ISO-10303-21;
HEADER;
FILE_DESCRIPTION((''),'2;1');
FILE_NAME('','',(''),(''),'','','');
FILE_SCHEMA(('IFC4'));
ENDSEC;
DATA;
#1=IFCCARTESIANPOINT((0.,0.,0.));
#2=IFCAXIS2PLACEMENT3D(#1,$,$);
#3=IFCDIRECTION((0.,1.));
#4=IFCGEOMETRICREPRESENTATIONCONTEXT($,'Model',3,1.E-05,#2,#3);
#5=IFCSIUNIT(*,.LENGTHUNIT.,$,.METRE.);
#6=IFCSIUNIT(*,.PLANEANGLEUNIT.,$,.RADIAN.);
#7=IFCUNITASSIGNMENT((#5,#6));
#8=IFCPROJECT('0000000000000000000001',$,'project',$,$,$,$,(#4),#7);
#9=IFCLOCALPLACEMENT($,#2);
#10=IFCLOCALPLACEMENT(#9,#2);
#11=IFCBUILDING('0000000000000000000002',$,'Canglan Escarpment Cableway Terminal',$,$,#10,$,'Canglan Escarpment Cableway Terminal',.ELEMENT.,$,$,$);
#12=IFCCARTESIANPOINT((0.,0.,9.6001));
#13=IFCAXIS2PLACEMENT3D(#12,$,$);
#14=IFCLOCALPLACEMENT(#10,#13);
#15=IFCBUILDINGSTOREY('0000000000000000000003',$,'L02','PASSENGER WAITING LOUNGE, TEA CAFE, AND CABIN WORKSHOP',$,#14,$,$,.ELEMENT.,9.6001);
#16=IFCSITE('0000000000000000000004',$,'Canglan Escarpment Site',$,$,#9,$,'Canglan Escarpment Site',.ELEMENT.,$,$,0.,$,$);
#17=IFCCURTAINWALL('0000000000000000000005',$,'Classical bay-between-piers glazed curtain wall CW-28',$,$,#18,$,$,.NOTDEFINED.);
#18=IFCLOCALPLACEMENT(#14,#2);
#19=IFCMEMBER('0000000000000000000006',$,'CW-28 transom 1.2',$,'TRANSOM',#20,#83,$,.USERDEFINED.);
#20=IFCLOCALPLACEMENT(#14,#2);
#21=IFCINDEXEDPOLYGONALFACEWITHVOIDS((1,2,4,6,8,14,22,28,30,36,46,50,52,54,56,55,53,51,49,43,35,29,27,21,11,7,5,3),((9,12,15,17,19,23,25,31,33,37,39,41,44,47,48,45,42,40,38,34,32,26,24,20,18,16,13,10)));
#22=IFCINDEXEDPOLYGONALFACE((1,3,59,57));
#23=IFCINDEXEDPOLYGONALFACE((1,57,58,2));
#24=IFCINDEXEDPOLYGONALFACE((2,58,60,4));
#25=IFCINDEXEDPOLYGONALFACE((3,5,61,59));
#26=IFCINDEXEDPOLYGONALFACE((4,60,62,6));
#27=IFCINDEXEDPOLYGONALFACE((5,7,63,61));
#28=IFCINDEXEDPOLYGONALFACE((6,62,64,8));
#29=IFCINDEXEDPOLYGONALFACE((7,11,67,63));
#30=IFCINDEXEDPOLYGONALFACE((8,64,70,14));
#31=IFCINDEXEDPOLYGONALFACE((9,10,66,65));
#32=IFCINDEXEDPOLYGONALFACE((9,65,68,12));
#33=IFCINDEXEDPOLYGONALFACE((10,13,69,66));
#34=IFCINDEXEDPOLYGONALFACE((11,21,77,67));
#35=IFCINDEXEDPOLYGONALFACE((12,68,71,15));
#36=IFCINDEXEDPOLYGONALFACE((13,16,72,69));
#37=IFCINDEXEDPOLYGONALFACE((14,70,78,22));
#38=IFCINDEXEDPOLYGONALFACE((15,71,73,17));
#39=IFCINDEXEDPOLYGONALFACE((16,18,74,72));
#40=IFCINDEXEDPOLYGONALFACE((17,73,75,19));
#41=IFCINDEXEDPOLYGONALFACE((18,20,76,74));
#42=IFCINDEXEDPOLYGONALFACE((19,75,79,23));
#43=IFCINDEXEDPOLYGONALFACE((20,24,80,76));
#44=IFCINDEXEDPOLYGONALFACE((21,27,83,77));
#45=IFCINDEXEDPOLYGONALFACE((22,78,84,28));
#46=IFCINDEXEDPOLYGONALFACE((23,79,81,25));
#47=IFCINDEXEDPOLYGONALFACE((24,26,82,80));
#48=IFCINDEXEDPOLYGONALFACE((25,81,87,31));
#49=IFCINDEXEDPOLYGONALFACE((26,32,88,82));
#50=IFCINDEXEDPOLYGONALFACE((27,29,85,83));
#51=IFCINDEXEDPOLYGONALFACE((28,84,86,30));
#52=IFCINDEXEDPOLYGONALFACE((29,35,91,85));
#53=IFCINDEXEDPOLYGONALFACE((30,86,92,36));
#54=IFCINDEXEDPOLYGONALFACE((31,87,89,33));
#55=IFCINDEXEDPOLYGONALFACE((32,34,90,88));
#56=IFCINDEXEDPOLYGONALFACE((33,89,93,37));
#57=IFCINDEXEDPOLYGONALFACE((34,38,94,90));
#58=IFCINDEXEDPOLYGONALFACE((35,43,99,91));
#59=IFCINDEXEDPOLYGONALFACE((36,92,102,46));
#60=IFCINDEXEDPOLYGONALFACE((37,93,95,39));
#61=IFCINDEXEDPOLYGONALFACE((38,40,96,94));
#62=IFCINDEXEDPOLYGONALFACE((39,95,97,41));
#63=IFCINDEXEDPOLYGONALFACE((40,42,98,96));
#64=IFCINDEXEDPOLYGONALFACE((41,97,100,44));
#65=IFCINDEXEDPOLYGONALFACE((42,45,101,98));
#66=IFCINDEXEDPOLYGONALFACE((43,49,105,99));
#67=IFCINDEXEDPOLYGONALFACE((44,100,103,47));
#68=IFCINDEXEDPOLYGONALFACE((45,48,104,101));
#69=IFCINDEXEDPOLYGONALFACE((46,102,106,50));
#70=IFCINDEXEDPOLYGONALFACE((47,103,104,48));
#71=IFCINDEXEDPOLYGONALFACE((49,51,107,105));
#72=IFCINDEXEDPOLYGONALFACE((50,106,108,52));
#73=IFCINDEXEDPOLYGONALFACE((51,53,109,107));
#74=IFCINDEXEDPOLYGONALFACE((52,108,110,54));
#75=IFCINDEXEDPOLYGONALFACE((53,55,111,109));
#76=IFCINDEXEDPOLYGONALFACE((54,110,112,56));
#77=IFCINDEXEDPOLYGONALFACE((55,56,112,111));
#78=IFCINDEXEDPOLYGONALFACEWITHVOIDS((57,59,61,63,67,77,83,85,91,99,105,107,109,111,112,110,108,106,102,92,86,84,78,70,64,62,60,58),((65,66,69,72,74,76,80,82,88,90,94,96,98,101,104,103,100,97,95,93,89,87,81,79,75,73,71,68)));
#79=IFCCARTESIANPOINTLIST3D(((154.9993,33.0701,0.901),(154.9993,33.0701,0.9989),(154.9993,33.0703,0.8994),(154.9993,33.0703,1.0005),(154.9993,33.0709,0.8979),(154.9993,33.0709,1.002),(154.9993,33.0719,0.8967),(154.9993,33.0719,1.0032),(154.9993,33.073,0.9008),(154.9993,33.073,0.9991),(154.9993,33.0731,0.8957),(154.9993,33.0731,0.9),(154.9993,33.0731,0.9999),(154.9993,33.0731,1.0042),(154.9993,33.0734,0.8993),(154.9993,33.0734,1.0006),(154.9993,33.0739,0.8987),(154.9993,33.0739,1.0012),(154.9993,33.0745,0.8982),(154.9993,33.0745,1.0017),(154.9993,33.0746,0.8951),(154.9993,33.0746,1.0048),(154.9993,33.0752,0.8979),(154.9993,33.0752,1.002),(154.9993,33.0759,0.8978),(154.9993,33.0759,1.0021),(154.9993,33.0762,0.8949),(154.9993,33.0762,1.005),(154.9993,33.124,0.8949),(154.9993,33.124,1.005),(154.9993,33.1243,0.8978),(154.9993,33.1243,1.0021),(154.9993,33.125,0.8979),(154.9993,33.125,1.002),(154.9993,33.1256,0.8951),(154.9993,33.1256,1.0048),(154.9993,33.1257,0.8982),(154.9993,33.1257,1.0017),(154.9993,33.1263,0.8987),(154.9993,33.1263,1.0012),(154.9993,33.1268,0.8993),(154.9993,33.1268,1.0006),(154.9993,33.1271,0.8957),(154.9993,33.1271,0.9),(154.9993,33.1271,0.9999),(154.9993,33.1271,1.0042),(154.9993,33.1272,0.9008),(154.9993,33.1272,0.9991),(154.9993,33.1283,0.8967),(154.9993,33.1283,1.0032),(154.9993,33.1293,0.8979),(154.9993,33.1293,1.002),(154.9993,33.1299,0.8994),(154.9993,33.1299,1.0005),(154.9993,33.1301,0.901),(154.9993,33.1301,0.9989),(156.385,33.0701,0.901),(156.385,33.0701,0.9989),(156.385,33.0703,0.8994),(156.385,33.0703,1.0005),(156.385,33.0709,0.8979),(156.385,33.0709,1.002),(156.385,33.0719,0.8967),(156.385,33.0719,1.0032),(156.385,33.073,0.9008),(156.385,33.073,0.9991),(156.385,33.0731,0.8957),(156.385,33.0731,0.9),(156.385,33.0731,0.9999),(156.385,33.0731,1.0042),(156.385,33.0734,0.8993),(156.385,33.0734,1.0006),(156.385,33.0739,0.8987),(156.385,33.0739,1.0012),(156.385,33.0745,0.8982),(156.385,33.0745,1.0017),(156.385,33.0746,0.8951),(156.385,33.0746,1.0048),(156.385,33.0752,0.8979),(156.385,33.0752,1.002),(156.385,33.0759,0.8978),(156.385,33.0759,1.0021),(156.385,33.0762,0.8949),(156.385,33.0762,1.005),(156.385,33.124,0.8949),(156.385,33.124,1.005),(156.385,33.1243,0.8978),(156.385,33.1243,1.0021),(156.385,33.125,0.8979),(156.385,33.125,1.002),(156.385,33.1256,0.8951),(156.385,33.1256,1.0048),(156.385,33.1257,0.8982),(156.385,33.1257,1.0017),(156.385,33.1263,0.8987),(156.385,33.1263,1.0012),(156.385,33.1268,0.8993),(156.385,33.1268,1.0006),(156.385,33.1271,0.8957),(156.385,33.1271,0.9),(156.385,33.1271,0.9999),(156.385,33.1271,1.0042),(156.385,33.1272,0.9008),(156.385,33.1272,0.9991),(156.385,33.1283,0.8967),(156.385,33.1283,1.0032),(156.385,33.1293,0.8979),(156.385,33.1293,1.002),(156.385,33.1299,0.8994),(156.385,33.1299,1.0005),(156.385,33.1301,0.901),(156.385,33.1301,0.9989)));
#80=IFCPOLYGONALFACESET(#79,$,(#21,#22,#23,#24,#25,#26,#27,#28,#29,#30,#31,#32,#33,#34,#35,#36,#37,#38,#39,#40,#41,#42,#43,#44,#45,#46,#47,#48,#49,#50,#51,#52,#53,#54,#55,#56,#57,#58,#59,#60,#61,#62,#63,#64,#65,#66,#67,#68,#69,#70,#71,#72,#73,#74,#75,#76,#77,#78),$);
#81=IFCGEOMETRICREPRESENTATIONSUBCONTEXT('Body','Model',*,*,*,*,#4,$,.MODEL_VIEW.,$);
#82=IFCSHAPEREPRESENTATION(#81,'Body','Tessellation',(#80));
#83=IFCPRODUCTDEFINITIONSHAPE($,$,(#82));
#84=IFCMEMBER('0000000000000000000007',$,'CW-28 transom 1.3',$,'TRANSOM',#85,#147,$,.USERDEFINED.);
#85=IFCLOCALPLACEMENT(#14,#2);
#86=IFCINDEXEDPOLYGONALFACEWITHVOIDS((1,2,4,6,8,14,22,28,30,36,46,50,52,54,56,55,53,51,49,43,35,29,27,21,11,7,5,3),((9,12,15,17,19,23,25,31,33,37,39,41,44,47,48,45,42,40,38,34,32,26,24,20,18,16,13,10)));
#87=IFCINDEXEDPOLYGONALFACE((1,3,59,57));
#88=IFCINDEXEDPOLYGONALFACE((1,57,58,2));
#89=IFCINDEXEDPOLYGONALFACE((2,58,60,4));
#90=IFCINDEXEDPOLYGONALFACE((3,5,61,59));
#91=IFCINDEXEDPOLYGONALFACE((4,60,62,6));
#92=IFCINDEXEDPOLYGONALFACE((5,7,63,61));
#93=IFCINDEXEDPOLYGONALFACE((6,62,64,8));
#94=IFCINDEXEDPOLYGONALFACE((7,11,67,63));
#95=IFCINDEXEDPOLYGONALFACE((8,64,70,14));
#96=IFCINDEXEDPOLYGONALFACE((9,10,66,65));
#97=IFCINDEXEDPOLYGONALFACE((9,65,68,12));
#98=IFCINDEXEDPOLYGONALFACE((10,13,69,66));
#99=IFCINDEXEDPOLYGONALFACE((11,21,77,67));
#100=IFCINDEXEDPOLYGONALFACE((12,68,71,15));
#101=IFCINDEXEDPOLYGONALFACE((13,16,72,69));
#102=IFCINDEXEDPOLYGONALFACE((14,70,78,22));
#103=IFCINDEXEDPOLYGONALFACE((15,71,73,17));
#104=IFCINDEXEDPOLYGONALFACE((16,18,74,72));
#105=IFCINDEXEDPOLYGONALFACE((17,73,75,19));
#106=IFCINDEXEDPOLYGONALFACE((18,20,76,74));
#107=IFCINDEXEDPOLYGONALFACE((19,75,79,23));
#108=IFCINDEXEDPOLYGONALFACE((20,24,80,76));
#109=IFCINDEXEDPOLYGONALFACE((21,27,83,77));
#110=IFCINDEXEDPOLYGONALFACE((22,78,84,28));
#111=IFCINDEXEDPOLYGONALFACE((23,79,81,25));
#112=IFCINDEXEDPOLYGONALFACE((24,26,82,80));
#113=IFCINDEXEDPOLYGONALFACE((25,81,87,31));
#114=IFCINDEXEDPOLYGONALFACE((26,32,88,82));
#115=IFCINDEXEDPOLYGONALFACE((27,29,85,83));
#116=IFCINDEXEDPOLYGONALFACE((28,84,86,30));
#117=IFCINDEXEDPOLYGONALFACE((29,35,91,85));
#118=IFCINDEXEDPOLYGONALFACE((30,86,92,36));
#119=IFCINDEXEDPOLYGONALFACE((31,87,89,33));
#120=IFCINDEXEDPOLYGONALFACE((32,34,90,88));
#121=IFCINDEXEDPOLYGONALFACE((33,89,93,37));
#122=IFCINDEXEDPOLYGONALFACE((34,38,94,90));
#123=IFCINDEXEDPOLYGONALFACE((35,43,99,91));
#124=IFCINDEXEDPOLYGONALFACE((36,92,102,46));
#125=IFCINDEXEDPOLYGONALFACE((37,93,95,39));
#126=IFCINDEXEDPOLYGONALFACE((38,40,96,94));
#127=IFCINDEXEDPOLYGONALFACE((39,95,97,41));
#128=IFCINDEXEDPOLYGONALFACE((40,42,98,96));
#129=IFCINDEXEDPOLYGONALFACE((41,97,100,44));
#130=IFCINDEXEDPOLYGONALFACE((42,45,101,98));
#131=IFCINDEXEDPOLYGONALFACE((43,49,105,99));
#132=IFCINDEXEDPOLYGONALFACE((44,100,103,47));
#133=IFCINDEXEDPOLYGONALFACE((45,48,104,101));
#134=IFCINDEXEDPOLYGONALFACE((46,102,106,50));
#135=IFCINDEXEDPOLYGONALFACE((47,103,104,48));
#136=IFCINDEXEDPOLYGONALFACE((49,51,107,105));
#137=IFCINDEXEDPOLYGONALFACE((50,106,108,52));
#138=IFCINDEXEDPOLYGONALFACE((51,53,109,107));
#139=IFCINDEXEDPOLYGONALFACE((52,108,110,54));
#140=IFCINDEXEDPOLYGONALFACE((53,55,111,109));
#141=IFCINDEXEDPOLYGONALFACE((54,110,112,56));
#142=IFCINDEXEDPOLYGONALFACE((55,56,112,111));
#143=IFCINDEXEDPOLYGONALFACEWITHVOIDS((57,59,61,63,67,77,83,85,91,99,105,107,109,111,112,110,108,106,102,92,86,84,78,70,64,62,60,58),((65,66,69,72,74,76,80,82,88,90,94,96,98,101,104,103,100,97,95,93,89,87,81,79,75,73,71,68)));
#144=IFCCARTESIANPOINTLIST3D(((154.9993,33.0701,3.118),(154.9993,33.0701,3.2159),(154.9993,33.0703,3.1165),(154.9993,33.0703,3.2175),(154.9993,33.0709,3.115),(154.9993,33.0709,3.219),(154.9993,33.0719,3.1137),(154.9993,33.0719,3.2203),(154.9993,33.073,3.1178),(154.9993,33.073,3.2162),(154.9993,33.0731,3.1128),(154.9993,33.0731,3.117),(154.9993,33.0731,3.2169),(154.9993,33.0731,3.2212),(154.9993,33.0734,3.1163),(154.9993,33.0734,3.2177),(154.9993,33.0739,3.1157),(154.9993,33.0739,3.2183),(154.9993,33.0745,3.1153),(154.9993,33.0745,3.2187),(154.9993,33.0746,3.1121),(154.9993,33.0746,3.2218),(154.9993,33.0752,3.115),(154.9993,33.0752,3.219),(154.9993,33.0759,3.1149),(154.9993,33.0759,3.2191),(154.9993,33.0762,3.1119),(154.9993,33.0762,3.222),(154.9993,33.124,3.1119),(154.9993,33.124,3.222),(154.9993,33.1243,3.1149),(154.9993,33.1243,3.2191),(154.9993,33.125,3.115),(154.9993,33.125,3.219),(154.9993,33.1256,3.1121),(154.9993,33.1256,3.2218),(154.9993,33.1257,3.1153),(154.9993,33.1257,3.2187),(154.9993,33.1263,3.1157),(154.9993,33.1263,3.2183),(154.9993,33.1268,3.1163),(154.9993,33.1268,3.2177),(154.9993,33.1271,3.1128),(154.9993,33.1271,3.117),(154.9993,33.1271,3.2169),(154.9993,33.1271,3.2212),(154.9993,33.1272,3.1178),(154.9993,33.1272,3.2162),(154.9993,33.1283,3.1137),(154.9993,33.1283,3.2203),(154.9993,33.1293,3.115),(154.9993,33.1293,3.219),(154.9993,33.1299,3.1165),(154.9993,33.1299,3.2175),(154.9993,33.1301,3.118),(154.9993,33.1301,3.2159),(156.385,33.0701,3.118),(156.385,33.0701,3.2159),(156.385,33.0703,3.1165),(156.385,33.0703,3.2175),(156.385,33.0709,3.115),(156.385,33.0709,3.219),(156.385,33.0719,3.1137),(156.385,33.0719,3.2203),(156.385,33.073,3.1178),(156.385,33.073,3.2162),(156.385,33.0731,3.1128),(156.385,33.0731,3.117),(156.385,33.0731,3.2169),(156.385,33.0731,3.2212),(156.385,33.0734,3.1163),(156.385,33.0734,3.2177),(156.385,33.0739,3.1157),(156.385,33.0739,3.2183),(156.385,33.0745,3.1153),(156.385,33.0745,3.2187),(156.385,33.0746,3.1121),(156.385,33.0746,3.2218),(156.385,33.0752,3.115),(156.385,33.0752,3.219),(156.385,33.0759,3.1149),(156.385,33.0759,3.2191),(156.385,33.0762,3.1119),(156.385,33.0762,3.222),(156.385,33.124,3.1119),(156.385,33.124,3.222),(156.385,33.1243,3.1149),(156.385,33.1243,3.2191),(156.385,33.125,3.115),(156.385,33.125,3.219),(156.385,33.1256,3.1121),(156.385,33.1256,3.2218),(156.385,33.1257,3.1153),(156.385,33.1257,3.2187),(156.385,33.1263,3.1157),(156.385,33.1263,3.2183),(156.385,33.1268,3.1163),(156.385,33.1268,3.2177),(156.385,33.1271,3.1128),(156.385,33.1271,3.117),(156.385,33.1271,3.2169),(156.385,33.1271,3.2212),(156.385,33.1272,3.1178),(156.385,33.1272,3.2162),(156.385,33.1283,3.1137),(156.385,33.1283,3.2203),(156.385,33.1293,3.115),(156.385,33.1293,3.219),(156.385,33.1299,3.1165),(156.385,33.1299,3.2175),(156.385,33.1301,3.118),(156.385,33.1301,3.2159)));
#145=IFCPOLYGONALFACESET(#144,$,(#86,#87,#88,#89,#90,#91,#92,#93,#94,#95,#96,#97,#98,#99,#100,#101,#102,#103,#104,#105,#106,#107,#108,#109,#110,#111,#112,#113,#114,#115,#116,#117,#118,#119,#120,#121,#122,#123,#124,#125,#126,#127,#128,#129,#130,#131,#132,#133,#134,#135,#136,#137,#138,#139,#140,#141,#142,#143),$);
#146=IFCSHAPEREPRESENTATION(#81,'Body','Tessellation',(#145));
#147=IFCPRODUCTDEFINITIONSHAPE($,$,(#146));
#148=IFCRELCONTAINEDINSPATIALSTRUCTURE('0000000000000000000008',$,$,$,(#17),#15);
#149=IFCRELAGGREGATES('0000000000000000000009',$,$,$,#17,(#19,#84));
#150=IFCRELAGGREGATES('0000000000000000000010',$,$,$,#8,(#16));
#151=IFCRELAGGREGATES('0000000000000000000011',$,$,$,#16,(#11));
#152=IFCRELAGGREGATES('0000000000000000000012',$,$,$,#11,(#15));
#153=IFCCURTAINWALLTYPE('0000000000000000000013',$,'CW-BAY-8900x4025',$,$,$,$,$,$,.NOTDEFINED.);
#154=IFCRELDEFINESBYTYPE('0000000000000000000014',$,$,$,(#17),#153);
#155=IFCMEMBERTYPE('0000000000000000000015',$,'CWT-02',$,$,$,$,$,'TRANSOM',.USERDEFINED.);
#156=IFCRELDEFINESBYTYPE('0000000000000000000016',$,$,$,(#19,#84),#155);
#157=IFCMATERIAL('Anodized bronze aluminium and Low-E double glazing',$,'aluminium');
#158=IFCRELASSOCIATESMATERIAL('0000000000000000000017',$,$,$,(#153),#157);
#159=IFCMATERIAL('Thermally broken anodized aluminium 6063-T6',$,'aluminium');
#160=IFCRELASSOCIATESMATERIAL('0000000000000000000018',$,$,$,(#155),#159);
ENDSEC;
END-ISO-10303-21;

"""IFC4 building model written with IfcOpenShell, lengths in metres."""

from ifc_helpers import new_model, si_unit, direction, frame, origin, origin_2d, place, context, subcontext, project, spatial, hollow_rectangle, extrude, material, material_profile, profile_set, type_object, element, aggregate, save


model = new_model("IFC4")

# Units and contexts
model_context = context("Model", 3, precision=1e-05, world=origin(), true_north=direction((0.0, 1.0)))
body_context = subcontext(model_context, "Body", "Model", "MODEL_VIEW")
ifc_project = project(units=[si_unit("LENGTHUNIT", "METRE"), si_unit("PLANEANGLEUNIT", "RADIAN")], contexts=[model_context])

# Site, building, storey
site_placement = place(None, origin())
site = spatial("IfcSite", under=ifc_project, at=site_placement, Name="Canglan Escarpment Site", LongName="Canglan Escarpment Site", CompositionType="ELEMENT", RefElevation=0.0)
building_placement = place(site_placement, origin())
building = spatial("IfcBuilding", under=site, at=building_placement, Name="Canglan Escarpment Cableway Terminal", LongName="Canglan Escarpment Cableway Terminal", CompositionType="ELEMENT")
storey_placement = place(building_placement, frame((0.0, 0.0, 9.6001)))
storey = spatial("IfcBuildingStorey", under=building, at=storey_placement, Name="L02", Description="PASSENGER WAITING LOUNGE, TEA CAFE, AND CABIN WORKSHOP", CompositionType="ELEMENT", Elevation=9.6001)

# Curtain wall
ifc_material_1 = material(Name="Anodized bronze aluminium and Low-E double glazing", Category="aluminium")
curtain_wall_type = type_object("IfcCurtainWallType", Name="CW-BAY-8900x4025", PredefinedType="NOTDEFINED", material=ifc_material_1)
curtain_wall_1_placement = place(storey_placement, origin())
curtain_wall_1 = element("IfcCurtainWall", 1, at=curtain_wall_1_placement, inside=storey, type_object=curtain_wall_type, Name="Classical bay-between-piers glazed curtain wall CW-28", PredefinedType="NOTDEFINED")
ifc_material_2 = material(Name="Thermally broken anodized aluminium 6063-T6", Category="aluminium")

# Members
ifc_material_profile_1 = material_profile(ifc_material_2, hollow_rectangle(XDim=0.0601, YDim=0.1101, WallThickness=0.0029, InnerFilletRadius=0.0029, OuterFilletRadius=0.0061, at=origin_2d()), Name="ALU-TRAN 60x110x3")
ifc_profile_set_1 = profile_set([ifc_material_profile_1], Name="Thermally broken anodized aluminium 6063-T6")
member_type_1 = type_object("IfcMemberType", Name="CWT-02", ElementType="TRANSOM", PredefinedType="USERDEFINED", material=ifc_profile_set_1)
member_1_placement = place(storey_placement, frame((156.385, 33.1001, 0.95), z_axis=(-1.0, 0.0, 0.0), x_axis=(0.0, -1.0, 0.0)))
member_1 = element("IfcMember", 2, at=member_1_placement, type_object=member_type_1, Name="CW-28 transom 1.2", ObjectType="TRANSOM", PredefinedType="USERDEFINED", context=body_context, shape_type="SweptSolid", body=[
    extrude(hollow_rectangle(XDim=0.0601, YDim=0.1101, WallThickness=0.0029, InnerFilletRadius=0.0029, OuterFilletRadius=0.0061, at=origin_2d()), origin(), (0.0, 0.0, 1.0), 1.3857),
])
member_2_placement = place(storey_placement, frame((156.385, 33.1001, 3.167), z_axis=(-1.0, 0.0, 0.0), x_axis=(0.0, -1.0, 0.0)))
member_2 = element("IfcMember", 3, at=member_2_placement, type_object=member_type_1, Name="CW-28 transom 1.3", ObjectType="TRANSOM", PredefinedType="USERDEFINED", context=body_context, shape_type="SweptSolid", body=[
    extrude(hollow_rectangle(XDim=0.0601, YDim=0.1101, WallThickness=0.0029, InnerFilletRadius=0.0029, OuterFilletRadius=0.0061, at=origin_2d()), origin(), (0.0, 0.0, 1.0), 1.3857),
])

aggregate(curtain_wall_1, [member_1, member_2])

save(model, "model.ifc")
